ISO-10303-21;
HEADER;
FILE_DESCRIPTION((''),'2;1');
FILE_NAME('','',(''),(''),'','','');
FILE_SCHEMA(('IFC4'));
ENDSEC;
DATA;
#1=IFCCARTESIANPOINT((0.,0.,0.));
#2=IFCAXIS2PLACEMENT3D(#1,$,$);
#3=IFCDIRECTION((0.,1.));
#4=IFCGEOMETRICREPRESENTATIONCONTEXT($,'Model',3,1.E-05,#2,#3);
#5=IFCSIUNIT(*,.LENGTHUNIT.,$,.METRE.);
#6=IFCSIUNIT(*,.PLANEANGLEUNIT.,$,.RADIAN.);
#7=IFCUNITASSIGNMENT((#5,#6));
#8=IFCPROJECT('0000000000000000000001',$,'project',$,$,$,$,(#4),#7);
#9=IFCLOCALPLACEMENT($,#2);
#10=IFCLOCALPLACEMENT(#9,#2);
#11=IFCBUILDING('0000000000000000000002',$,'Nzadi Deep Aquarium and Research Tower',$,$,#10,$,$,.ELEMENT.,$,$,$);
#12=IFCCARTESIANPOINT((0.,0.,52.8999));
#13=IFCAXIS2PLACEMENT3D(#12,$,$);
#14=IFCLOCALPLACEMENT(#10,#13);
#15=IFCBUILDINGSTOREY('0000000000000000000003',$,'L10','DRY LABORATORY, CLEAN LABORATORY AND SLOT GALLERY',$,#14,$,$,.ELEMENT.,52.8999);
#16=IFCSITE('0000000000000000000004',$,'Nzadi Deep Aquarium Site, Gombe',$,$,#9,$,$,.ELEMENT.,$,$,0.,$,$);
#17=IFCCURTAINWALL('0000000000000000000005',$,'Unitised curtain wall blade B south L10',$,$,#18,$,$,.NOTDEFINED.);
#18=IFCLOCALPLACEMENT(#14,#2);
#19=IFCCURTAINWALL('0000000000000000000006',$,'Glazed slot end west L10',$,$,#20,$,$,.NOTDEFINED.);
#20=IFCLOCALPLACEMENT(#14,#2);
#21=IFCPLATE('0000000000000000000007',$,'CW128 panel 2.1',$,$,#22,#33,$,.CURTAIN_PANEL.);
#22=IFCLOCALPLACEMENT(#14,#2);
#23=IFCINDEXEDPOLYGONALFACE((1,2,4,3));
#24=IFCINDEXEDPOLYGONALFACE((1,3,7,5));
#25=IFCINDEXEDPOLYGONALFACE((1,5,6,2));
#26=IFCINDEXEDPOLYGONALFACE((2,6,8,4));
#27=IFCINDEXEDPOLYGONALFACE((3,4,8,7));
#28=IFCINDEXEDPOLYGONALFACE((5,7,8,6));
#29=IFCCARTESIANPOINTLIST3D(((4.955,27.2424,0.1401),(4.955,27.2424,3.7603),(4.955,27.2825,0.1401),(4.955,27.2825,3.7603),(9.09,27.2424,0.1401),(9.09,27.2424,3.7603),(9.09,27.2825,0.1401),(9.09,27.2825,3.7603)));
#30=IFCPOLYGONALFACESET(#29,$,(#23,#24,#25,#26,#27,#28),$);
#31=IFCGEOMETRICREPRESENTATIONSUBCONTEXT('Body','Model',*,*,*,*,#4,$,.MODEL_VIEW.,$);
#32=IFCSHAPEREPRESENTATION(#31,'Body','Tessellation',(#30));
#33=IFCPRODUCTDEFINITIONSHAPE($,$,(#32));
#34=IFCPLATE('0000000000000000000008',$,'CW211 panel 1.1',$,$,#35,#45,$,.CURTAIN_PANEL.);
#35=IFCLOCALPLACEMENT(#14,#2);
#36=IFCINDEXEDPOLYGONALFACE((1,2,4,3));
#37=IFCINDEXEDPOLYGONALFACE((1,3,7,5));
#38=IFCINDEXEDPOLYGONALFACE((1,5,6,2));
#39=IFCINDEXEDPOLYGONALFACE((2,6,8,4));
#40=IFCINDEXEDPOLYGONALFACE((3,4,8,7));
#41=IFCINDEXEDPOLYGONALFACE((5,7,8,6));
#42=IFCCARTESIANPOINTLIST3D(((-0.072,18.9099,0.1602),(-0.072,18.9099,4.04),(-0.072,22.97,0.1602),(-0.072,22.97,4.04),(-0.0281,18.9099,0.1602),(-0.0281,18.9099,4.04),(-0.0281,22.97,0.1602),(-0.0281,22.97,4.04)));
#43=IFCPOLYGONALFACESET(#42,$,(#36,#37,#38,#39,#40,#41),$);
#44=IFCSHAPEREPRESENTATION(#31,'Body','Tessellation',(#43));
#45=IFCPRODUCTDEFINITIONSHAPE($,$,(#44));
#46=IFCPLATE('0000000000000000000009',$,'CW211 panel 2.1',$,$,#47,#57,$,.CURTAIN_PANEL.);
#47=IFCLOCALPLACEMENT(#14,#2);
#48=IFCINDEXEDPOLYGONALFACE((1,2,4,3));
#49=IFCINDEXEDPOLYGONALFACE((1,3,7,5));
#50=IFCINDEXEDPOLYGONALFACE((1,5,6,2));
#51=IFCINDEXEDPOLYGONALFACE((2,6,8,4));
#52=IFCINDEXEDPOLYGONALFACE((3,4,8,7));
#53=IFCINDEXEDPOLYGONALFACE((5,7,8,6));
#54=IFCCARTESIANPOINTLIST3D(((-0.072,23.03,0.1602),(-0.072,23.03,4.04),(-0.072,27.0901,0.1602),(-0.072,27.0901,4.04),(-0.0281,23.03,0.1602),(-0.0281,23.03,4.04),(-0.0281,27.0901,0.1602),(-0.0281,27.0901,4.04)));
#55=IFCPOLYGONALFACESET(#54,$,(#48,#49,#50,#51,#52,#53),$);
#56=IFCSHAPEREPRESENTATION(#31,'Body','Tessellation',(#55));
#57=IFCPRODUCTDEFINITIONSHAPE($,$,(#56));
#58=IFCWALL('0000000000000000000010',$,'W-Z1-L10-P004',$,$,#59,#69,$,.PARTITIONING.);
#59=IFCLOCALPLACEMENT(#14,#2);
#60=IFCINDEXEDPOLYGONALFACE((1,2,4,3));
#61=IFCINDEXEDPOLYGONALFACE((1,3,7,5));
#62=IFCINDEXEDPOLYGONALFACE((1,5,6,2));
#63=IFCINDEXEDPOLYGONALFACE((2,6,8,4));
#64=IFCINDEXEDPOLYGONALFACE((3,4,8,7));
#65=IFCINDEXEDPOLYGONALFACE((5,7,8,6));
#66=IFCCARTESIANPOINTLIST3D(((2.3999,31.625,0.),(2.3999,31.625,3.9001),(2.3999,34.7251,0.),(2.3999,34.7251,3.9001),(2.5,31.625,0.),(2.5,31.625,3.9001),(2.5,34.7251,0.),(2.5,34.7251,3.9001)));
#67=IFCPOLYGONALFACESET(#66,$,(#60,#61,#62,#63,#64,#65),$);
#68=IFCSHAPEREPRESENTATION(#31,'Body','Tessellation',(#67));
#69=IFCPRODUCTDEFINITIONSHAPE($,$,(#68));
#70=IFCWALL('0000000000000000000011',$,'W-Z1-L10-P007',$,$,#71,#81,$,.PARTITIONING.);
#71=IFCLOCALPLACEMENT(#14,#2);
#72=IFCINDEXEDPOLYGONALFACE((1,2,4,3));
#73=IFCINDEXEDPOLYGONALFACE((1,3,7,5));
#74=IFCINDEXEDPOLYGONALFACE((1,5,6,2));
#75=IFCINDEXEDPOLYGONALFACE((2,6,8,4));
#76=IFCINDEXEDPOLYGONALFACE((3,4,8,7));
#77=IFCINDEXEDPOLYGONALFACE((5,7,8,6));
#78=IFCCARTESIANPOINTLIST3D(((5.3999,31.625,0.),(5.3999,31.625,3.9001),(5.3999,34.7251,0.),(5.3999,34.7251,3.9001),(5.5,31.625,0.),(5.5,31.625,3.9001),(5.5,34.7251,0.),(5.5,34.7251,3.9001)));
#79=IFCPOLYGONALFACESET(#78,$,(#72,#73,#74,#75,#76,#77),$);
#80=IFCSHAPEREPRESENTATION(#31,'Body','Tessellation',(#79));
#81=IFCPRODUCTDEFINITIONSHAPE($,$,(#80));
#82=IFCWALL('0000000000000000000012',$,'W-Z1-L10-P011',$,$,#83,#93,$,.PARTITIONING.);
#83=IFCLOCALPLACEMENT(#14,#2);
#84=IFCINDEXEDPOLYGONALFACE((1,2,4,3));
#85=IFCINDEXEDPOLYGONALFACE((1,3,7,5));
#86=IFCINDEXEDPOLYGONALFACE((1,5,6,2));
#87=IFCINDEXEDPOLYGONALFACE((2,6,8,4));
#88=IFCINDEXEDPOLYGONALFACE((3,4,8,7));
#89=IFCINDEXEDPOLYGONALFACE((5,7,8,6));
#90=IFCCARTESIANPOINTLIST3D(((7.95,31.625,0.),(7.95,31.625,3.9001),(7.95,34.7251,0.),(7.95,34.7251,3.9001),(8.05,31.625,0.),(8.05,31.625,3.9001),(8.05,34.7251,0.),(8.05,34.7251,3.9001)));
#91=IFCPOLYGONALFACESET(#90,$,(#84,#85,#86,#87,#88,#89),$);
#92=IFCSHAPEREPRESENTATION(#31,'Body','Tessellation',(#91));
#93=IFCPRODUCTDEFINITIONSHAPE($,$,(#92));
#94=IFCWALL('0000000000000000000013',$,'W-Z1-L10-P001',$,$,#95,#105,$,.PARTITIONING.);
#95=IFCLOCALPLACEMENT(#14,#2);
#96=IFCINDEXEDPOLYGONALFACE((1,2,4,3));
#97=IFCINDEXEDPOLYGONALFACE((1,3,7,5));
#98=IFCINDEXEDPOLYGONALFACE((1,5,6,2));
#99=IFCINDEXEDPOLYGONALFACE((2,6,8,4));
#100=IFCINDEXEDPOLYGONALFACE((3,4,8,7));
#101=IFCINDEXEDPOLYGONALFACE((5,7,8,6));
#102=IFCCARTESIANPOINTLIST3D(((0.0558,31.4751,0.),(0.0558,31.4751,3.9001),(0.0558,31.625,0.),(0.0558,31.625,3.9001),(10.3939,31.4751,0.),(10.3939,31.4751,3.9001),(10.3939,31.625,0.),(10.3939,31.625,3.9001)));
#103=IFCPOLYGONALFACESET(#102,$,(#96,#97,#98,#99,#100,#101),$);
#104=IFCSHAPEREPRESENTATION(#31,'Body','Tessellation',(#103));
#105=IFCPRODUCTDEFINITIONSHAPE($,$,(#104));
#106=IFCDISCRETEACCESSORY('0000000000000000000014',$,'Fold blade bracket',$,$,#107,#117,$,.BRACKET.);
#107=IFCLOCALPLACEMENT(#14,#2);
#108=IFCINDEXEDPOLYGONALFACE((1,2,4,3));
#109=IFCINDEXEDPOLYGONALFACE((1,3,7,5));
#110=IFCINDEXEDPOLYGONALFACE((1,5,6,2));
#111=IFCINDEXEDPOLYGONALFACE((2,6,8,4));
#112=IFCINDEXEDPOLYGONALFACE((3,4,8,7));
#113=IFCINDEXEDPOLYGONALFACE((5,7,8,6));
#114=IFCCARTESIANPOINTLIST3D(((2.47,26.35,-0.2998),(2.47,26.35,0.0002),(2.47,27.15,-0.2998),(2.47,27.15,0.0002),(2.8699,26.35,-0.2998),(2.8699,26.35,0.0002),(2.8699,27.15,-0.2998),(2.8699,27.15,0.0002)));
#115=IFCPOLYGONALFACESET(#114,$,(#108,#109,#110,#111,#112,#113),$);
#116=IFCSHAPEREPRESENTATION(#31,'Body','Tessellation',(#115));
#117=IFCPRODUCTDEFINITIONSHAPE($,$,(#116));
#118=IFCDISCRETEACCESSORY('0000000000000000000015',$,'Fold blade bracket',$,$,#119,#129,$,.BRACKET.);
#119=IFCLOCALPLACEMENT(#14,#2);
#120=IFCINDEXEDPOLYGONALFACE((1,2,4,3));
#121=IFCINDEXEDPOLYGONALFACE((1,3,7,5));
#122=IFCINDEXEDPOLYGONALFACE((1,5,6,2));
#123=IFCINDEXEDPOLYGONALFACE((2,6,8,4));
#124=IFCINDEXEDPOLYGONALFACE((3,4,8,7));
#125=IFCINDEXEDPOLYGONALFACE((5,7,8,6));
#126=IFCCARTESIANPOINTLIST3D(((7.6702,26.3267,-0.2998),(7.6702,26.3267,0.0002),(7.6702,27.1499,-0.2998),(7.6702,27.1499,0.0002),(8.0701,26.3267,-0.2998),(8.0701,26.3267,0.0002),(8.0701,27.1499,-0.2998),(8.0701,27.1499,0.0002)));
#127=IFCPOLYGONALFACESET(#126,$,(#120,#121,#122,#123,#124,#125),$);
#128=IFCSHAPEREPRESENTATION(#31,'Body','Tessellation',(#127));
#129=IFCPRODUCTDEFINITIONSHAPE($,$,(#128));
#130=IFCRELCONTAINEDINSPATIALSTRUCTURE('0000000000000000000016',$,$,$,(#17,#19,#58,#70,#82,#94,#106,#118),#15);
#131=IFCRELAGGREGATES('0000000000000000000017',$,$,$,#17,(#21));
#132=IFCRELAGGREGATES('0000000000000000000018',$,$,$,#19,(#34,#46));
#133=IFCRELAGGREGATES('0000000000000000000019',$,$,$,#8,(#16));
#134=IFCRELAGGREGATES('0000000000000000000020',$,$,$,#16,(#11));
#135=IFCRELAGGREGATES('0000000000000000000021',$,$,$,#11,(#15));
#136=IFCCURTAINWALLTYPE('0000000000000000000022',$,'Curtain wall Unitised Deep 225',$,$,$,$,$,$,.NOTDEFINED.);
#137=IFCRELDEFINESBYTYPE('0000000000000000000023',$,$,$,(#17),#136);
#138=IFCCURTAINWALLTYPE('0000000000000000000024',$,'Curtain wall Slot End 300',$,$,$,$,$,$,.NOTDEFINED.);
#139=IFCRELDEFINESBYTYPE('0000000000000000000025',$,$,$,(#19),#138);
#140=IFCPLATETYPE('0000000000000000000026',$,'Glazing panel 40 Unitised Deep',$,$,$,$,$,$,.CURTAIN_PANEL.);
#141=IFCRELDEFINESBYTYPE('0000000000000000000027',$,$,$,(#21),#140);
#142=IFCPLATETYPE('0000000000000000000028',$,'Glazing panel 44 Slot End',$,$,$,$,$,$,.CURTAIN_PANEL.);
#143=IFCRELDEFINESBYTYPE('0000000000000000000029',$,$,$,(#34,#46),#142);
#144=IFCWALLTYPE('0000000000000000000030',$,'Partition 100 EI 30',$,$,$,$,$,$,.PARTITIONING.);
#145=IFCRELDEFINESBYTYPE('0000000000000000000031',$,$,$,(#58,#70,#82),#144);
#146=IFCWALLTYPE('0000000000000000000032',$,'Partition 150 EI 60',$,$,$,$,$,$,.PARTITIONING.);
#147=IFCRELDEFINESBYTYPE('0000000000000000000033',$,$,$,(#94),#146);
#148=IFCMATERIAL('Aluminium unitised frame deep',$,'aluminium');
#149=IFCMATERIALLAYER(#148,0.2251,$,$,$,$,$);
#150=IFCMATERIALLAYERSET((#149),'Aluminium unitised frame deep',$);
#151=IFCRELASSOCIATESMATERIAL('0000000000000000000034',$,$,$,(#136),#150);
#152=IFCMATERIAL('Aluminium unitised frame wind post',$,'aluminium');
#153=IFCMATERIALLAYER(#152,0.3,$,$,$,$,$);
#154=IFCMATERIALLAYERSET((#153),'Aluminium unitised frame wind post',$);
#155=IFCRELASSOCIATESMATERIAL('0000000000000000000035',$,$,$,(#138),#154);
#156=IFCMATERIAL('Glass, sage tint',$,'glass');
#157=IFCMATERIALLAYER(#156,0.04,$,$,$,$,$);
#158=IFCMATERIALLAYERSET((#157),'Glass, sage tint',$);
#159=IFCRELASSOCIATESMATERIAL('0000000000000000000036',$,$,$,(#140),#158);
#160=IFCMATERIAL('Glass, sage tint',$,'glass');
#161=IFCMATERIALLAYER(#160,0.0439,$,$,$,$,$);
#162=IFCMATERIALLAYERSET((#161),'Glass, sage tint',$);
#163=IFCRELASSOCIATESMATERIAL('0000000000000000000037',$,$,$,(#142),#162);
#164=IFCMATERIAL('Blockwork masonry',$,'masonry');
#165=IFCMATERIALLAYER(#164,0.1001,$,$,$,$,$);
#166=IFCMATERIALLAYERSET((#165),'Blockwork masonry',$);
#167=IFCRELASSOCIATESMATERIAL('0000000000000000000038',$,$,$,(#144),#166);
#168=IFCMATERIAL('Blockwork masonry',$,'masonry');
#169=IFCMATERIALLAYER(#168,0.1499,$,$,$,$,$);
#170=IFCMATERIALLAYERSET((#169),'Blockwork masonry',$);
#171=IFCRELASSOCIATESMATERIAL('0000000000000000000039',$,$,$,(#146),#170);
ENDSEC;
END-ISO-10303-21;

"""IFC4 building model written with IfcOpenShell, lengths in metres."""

from ifc_helpers import new_model, si_unit, direction, frame, frame_2d, origin, origin_2d, place, context, subcontext, project, spatial, rectangle, extrude, material, layer, layer_set, type_object, element, aggregate, save


model = new_model("IFC4")

# Units and contexts
model_context = context("Model", 3, precision=1e-05, world=origin(), true_north=direction((0.0, 1.0)))
body_context = subcontext(model_context, "Body", "Model", "MODEL_VIEW")
ifc_project = project(units=[si_unit("LENGTHUNIT", "METRE"), si_unit("PLANEANGLEUNIT", "RADIAN")], contexts=[model_context])

# Site, building, storey
site_placement = place(None, origin())
site = spatial("IfcSite", under=ifc_project, at=site_placement, Name="Nzadi Deep Aquarium Site, Gombe", CompositionType="ELEMENT", RefElevation=0.0)
building_placement = place(site_placement, origin())
building = spatial("IfcBuilding", under=site, at=building_placement, Name="Nzadi Deep Aquarium and Research Tower", CompositionType="ELEMENT")
storey_placement = place(building_placement, frame((0.0, 0.0, 52.8999)))
storey = spatial("IfcBuildingStorey", under=building, at=storey_placement, Name="L10", Description="DRY LABORATORY, CLEAN LABORATORY AND SLOT GALLERY", CompositionType="ELEMENT", Elevation=52.8999)

# Curtain wall
ifc_material_1 = material(Name="Aluminium unitised frame deep", Category="aluminium")
ifc_layer_1 = layer(ifc_material_1, 0.2251)
ifc_layer_set_1 = layer_set([ifc_layer_1], Name="Aluminium unitised frame deep")
curtain_wall_type_1 = type_object("IfcCurtainWallType", Name="Curtain wall Unitised Deep 225", PredefinedType="NOTDEFINED", material=ifc_layer_set_1)
curtain_wall_1_placement = place(storey_placement, origin())
curtain_wall_1 = element("IfcCurtainWall", 1, at=curtain_wall_1_placement, inside=storey, type_object=curtain_wall_type_1, Name="Unitised curtain wall blade B south L10", PredefinedType="NOTDEFINED")

# Curtain wall
ifc_material_2 = material(Name="Aluminium unitised frame wind post", Category="aluminium")
ifc_layer_2 = layer(ifc_material_2, 0.3)
ifc_layer_set_2 = layer_set([ifc_layer_2], Name="Aluminium unitised frame wind post")
curtain_wall_type_2 = type_object("IfcCurtainWallType", Name="Curtain wall Slot End 300", PredefinedType="NOTDEFINED", material=ifc_layer_set_2)
curtain_wall_2_placement = place(storey_placement, origin())
curtain_wall_2 = element("IfcCurtainWall", 2, at=curtain_wall_2_placement, inside=storey, type_object=curtain_wall_type_2, Name="Glazed slot end west L10", PredefinedType="NOTDEFINED")

# Plates
ifc_material_3 = material(Name="Glass, sage tint", Category="glass")
ifc_layer_3 = layer(ifc_material_3, 0.04)
ifc_layer_set_3 = layer_set([ifc_layer_3], Name="Glass, sage tint")
plate_type_1 = type_object("IfcPlateType", Name="Glazing panel 40 Unitised Deep", PredefinedType="CURTAIN_PANEL", material=ifc_layer_set_3)
plate_1_placement = place(storey_placement, frame((7.0225, 27.2625, 0.1401), z_axis=(0.0, 0.0, 1.0), x_axis=(1.0, 0.0, 0.0)))
plate_1 = element("IfcPlate", 3, at=plate_1_placement, type_object=plate_type_1, Name="CW128 panel 2.1", PredefinedType="CURTAIN_PANEL", context=body_context, shape_type="SweptSolid", body=[
    extrude(rectangle(XDim=4.135, YDim=0.04, at=origin_2d()), origin(), (0.0, 0.0, 1.0), 3.6201),
])
aggregate(curtain_wall_1, [plate_1])
ifc_material_4 = material(Name="Glass, sage tint", Category="glass")
ifc_layer_4 = layer(ifc_material_4, 0.0439)
ifc_layer_set_4 = layer_set([ifc_layer_4], Name="Glass, sage tint")
plate_type_2 = type_object("IfcPlateType", Name="Glazing panel 44 Slot End", PredefinedType="CURTAIN_PANEL", material=ifc_layer_set_4)
plate_2_placement = place(storey_placement, frame((-0.05, 20.9399, 0.1602), z_axis=(0.0, 0.0, 1.0), x_axis=(0.0, 1.0, 0.0)))
plate_2 = element("IfcPlate", 4, at=plate_2_placement, type_object=plate_type_2, Name="CW211 panel 1.1", PredefinedType="CURTAIN_PANEL", context=body_context, shape_type="SweptSolid", body=[
    extrude(rectangle(XDim=4.0601, YDim=0.0439, at=origin_2d()), origin(), (0.0, 0.0, 1.0), 3.8799),
])
plate_3_placement = place(storey_placement, frame((-0.05, 25.0601, 0.1602), z_axis=(0.0, 0.0, 1.0), x_axis=(0.0, 1.0, 0.0)))
plate_3 = element("IfcPlate", 5, at=plate_3_placement, type_object=plate_type_2, Name="CW211 panel 2.1", PredefinedType="CURTAIN_PANEL", context=body_context, shape_type="SweptSolid", body=[
    extrude(rectangle(XDim=4.0601, YDim=0.0439, at=origin_2d()), origin(), (0.0, 0.0, 1.0), 3.8799),
])
aggregate(curtain_wall_2, [plate_2, plate_3])

# Walls
ifc_material_5 = material(Name="Blockwork masonry", Category="masonry")
ifc_layer_5 = layer(ifc_material_5, 0.1001)
ifc_layer_set_5 = layer_set([ifc_layer_5], Name="Blockwork masonry")
wall_type_1 = type_object("IfcWallType", Name="Partition 100 EI 30", PredefinedType="PARTITIONING", material=ifc_layer_set_5)
for number, where, z_axis, x_axis, name in (
    (6, (2.45, 31.625, 0.0), (0.0, 0.0, 1.0), (0.0, 1.0, 0.0), "W-Z1-L10-P004"),
    (7, (5.45, 31.625, 0.0), (0.0, 0.0, 1.0), (0.0, 1.0, 0.0), "W-Z1-L10-P007"),
    (8, (8.0, 31.625, 0.0), (0.0, 0.0, 1.0), (0.0, 1.0, 0.0), "W-Z1-L10-P011"),
):
    element("IfcWall", number, at=place(storey_placement, frame(where, z_axis=z_axis, x_axis=x_axis)), inside=storey, type_object=wall_type_1, Name=name, PredefinedType="PARTITIONING", context=body_context, shape_type="SweptSolid", body=[
        extrude(rectangle(XDim=3.1001, YDim=0.1001, at=frame_2d((1.55, 0.0))), origin(), (0.0, 0.0, 1.0), 3.9001),
    ])
ifc_material_6 = material(Name="Blockwork masonry", Category="masonry")
ifc_layer_6 = layer(ifc_material_6, 0.1499)
ifc_layer_set_6 = layer_set([ifc_layer_6], Name="Blockwork masonry")
wall_type_2 = type_object("IfcWallType", Name="Partition 150 EI 60", PredefinedType="PARTITIONING", material=ifc_layer_set_6)
wall_placement = place(storey_placement, frame((0.0559, 31.55, 0.0), z_axis=(0.0, 0.0, 1.0), x_axis=(1.0, 0.0, 0.0)))
element("IfcWall", 9, at=wall_placement, inside=storey, type_object=wall_type_2, Name="W-Z1-L10-P001", PredefinedType="PARTITIONING", context=body_context, shape_type="SweptSolid", body=[
    extrude(rectangle(XDim=10.3381, YDim=0.1499, at=frame_2d((5.1689, 0.0))), origin(), (0.0, 0.0, 1.0), 3.9001),
])

# Discrete accessories
discrete_accessory_1_placement = place(storey_placement, frame((2.6699, 26.75, -0.2998), z_axis=(0.0, 0.0, 1.0), x_axis=(1.0, 0.0, 0.0)))
element("IfcDiscreteAccessory", 10, at=discrete_accessory_1_placement, inside=storey, Name="Fold blade bracket", PredefinedType="BRACKET", context=body_context, shape_type="SweptSolid", body=[
    extrude(rectangle(XDim=0.3999, YDim=0.8, at=origin_2d()), origin(), (0.0, 0.0, 1.0), 0.3),
])
discrete_accessory_2_placement = place(storey_placement, frame((7.8701, 26.7383, -0.2998), z_axis=(0.0, 0.0, 1.0), x_axis=(1.0, 0.0, 0.0)))
element("IfcDiscreteAccessory", 11, at=discrete_accessory_2_placement, inside=storey, Name="Fold blade bracket", PredefinedType="BRACKET", context=body_context, shape_type="SweptSolid", body=[
    extrude(rectangle(XDim=0.3999, YDim=0.8232, at=origin_2d()), origin(), (0.0, 0.0, 1.0), 0.3),
])

save(model, "model.ifc")
